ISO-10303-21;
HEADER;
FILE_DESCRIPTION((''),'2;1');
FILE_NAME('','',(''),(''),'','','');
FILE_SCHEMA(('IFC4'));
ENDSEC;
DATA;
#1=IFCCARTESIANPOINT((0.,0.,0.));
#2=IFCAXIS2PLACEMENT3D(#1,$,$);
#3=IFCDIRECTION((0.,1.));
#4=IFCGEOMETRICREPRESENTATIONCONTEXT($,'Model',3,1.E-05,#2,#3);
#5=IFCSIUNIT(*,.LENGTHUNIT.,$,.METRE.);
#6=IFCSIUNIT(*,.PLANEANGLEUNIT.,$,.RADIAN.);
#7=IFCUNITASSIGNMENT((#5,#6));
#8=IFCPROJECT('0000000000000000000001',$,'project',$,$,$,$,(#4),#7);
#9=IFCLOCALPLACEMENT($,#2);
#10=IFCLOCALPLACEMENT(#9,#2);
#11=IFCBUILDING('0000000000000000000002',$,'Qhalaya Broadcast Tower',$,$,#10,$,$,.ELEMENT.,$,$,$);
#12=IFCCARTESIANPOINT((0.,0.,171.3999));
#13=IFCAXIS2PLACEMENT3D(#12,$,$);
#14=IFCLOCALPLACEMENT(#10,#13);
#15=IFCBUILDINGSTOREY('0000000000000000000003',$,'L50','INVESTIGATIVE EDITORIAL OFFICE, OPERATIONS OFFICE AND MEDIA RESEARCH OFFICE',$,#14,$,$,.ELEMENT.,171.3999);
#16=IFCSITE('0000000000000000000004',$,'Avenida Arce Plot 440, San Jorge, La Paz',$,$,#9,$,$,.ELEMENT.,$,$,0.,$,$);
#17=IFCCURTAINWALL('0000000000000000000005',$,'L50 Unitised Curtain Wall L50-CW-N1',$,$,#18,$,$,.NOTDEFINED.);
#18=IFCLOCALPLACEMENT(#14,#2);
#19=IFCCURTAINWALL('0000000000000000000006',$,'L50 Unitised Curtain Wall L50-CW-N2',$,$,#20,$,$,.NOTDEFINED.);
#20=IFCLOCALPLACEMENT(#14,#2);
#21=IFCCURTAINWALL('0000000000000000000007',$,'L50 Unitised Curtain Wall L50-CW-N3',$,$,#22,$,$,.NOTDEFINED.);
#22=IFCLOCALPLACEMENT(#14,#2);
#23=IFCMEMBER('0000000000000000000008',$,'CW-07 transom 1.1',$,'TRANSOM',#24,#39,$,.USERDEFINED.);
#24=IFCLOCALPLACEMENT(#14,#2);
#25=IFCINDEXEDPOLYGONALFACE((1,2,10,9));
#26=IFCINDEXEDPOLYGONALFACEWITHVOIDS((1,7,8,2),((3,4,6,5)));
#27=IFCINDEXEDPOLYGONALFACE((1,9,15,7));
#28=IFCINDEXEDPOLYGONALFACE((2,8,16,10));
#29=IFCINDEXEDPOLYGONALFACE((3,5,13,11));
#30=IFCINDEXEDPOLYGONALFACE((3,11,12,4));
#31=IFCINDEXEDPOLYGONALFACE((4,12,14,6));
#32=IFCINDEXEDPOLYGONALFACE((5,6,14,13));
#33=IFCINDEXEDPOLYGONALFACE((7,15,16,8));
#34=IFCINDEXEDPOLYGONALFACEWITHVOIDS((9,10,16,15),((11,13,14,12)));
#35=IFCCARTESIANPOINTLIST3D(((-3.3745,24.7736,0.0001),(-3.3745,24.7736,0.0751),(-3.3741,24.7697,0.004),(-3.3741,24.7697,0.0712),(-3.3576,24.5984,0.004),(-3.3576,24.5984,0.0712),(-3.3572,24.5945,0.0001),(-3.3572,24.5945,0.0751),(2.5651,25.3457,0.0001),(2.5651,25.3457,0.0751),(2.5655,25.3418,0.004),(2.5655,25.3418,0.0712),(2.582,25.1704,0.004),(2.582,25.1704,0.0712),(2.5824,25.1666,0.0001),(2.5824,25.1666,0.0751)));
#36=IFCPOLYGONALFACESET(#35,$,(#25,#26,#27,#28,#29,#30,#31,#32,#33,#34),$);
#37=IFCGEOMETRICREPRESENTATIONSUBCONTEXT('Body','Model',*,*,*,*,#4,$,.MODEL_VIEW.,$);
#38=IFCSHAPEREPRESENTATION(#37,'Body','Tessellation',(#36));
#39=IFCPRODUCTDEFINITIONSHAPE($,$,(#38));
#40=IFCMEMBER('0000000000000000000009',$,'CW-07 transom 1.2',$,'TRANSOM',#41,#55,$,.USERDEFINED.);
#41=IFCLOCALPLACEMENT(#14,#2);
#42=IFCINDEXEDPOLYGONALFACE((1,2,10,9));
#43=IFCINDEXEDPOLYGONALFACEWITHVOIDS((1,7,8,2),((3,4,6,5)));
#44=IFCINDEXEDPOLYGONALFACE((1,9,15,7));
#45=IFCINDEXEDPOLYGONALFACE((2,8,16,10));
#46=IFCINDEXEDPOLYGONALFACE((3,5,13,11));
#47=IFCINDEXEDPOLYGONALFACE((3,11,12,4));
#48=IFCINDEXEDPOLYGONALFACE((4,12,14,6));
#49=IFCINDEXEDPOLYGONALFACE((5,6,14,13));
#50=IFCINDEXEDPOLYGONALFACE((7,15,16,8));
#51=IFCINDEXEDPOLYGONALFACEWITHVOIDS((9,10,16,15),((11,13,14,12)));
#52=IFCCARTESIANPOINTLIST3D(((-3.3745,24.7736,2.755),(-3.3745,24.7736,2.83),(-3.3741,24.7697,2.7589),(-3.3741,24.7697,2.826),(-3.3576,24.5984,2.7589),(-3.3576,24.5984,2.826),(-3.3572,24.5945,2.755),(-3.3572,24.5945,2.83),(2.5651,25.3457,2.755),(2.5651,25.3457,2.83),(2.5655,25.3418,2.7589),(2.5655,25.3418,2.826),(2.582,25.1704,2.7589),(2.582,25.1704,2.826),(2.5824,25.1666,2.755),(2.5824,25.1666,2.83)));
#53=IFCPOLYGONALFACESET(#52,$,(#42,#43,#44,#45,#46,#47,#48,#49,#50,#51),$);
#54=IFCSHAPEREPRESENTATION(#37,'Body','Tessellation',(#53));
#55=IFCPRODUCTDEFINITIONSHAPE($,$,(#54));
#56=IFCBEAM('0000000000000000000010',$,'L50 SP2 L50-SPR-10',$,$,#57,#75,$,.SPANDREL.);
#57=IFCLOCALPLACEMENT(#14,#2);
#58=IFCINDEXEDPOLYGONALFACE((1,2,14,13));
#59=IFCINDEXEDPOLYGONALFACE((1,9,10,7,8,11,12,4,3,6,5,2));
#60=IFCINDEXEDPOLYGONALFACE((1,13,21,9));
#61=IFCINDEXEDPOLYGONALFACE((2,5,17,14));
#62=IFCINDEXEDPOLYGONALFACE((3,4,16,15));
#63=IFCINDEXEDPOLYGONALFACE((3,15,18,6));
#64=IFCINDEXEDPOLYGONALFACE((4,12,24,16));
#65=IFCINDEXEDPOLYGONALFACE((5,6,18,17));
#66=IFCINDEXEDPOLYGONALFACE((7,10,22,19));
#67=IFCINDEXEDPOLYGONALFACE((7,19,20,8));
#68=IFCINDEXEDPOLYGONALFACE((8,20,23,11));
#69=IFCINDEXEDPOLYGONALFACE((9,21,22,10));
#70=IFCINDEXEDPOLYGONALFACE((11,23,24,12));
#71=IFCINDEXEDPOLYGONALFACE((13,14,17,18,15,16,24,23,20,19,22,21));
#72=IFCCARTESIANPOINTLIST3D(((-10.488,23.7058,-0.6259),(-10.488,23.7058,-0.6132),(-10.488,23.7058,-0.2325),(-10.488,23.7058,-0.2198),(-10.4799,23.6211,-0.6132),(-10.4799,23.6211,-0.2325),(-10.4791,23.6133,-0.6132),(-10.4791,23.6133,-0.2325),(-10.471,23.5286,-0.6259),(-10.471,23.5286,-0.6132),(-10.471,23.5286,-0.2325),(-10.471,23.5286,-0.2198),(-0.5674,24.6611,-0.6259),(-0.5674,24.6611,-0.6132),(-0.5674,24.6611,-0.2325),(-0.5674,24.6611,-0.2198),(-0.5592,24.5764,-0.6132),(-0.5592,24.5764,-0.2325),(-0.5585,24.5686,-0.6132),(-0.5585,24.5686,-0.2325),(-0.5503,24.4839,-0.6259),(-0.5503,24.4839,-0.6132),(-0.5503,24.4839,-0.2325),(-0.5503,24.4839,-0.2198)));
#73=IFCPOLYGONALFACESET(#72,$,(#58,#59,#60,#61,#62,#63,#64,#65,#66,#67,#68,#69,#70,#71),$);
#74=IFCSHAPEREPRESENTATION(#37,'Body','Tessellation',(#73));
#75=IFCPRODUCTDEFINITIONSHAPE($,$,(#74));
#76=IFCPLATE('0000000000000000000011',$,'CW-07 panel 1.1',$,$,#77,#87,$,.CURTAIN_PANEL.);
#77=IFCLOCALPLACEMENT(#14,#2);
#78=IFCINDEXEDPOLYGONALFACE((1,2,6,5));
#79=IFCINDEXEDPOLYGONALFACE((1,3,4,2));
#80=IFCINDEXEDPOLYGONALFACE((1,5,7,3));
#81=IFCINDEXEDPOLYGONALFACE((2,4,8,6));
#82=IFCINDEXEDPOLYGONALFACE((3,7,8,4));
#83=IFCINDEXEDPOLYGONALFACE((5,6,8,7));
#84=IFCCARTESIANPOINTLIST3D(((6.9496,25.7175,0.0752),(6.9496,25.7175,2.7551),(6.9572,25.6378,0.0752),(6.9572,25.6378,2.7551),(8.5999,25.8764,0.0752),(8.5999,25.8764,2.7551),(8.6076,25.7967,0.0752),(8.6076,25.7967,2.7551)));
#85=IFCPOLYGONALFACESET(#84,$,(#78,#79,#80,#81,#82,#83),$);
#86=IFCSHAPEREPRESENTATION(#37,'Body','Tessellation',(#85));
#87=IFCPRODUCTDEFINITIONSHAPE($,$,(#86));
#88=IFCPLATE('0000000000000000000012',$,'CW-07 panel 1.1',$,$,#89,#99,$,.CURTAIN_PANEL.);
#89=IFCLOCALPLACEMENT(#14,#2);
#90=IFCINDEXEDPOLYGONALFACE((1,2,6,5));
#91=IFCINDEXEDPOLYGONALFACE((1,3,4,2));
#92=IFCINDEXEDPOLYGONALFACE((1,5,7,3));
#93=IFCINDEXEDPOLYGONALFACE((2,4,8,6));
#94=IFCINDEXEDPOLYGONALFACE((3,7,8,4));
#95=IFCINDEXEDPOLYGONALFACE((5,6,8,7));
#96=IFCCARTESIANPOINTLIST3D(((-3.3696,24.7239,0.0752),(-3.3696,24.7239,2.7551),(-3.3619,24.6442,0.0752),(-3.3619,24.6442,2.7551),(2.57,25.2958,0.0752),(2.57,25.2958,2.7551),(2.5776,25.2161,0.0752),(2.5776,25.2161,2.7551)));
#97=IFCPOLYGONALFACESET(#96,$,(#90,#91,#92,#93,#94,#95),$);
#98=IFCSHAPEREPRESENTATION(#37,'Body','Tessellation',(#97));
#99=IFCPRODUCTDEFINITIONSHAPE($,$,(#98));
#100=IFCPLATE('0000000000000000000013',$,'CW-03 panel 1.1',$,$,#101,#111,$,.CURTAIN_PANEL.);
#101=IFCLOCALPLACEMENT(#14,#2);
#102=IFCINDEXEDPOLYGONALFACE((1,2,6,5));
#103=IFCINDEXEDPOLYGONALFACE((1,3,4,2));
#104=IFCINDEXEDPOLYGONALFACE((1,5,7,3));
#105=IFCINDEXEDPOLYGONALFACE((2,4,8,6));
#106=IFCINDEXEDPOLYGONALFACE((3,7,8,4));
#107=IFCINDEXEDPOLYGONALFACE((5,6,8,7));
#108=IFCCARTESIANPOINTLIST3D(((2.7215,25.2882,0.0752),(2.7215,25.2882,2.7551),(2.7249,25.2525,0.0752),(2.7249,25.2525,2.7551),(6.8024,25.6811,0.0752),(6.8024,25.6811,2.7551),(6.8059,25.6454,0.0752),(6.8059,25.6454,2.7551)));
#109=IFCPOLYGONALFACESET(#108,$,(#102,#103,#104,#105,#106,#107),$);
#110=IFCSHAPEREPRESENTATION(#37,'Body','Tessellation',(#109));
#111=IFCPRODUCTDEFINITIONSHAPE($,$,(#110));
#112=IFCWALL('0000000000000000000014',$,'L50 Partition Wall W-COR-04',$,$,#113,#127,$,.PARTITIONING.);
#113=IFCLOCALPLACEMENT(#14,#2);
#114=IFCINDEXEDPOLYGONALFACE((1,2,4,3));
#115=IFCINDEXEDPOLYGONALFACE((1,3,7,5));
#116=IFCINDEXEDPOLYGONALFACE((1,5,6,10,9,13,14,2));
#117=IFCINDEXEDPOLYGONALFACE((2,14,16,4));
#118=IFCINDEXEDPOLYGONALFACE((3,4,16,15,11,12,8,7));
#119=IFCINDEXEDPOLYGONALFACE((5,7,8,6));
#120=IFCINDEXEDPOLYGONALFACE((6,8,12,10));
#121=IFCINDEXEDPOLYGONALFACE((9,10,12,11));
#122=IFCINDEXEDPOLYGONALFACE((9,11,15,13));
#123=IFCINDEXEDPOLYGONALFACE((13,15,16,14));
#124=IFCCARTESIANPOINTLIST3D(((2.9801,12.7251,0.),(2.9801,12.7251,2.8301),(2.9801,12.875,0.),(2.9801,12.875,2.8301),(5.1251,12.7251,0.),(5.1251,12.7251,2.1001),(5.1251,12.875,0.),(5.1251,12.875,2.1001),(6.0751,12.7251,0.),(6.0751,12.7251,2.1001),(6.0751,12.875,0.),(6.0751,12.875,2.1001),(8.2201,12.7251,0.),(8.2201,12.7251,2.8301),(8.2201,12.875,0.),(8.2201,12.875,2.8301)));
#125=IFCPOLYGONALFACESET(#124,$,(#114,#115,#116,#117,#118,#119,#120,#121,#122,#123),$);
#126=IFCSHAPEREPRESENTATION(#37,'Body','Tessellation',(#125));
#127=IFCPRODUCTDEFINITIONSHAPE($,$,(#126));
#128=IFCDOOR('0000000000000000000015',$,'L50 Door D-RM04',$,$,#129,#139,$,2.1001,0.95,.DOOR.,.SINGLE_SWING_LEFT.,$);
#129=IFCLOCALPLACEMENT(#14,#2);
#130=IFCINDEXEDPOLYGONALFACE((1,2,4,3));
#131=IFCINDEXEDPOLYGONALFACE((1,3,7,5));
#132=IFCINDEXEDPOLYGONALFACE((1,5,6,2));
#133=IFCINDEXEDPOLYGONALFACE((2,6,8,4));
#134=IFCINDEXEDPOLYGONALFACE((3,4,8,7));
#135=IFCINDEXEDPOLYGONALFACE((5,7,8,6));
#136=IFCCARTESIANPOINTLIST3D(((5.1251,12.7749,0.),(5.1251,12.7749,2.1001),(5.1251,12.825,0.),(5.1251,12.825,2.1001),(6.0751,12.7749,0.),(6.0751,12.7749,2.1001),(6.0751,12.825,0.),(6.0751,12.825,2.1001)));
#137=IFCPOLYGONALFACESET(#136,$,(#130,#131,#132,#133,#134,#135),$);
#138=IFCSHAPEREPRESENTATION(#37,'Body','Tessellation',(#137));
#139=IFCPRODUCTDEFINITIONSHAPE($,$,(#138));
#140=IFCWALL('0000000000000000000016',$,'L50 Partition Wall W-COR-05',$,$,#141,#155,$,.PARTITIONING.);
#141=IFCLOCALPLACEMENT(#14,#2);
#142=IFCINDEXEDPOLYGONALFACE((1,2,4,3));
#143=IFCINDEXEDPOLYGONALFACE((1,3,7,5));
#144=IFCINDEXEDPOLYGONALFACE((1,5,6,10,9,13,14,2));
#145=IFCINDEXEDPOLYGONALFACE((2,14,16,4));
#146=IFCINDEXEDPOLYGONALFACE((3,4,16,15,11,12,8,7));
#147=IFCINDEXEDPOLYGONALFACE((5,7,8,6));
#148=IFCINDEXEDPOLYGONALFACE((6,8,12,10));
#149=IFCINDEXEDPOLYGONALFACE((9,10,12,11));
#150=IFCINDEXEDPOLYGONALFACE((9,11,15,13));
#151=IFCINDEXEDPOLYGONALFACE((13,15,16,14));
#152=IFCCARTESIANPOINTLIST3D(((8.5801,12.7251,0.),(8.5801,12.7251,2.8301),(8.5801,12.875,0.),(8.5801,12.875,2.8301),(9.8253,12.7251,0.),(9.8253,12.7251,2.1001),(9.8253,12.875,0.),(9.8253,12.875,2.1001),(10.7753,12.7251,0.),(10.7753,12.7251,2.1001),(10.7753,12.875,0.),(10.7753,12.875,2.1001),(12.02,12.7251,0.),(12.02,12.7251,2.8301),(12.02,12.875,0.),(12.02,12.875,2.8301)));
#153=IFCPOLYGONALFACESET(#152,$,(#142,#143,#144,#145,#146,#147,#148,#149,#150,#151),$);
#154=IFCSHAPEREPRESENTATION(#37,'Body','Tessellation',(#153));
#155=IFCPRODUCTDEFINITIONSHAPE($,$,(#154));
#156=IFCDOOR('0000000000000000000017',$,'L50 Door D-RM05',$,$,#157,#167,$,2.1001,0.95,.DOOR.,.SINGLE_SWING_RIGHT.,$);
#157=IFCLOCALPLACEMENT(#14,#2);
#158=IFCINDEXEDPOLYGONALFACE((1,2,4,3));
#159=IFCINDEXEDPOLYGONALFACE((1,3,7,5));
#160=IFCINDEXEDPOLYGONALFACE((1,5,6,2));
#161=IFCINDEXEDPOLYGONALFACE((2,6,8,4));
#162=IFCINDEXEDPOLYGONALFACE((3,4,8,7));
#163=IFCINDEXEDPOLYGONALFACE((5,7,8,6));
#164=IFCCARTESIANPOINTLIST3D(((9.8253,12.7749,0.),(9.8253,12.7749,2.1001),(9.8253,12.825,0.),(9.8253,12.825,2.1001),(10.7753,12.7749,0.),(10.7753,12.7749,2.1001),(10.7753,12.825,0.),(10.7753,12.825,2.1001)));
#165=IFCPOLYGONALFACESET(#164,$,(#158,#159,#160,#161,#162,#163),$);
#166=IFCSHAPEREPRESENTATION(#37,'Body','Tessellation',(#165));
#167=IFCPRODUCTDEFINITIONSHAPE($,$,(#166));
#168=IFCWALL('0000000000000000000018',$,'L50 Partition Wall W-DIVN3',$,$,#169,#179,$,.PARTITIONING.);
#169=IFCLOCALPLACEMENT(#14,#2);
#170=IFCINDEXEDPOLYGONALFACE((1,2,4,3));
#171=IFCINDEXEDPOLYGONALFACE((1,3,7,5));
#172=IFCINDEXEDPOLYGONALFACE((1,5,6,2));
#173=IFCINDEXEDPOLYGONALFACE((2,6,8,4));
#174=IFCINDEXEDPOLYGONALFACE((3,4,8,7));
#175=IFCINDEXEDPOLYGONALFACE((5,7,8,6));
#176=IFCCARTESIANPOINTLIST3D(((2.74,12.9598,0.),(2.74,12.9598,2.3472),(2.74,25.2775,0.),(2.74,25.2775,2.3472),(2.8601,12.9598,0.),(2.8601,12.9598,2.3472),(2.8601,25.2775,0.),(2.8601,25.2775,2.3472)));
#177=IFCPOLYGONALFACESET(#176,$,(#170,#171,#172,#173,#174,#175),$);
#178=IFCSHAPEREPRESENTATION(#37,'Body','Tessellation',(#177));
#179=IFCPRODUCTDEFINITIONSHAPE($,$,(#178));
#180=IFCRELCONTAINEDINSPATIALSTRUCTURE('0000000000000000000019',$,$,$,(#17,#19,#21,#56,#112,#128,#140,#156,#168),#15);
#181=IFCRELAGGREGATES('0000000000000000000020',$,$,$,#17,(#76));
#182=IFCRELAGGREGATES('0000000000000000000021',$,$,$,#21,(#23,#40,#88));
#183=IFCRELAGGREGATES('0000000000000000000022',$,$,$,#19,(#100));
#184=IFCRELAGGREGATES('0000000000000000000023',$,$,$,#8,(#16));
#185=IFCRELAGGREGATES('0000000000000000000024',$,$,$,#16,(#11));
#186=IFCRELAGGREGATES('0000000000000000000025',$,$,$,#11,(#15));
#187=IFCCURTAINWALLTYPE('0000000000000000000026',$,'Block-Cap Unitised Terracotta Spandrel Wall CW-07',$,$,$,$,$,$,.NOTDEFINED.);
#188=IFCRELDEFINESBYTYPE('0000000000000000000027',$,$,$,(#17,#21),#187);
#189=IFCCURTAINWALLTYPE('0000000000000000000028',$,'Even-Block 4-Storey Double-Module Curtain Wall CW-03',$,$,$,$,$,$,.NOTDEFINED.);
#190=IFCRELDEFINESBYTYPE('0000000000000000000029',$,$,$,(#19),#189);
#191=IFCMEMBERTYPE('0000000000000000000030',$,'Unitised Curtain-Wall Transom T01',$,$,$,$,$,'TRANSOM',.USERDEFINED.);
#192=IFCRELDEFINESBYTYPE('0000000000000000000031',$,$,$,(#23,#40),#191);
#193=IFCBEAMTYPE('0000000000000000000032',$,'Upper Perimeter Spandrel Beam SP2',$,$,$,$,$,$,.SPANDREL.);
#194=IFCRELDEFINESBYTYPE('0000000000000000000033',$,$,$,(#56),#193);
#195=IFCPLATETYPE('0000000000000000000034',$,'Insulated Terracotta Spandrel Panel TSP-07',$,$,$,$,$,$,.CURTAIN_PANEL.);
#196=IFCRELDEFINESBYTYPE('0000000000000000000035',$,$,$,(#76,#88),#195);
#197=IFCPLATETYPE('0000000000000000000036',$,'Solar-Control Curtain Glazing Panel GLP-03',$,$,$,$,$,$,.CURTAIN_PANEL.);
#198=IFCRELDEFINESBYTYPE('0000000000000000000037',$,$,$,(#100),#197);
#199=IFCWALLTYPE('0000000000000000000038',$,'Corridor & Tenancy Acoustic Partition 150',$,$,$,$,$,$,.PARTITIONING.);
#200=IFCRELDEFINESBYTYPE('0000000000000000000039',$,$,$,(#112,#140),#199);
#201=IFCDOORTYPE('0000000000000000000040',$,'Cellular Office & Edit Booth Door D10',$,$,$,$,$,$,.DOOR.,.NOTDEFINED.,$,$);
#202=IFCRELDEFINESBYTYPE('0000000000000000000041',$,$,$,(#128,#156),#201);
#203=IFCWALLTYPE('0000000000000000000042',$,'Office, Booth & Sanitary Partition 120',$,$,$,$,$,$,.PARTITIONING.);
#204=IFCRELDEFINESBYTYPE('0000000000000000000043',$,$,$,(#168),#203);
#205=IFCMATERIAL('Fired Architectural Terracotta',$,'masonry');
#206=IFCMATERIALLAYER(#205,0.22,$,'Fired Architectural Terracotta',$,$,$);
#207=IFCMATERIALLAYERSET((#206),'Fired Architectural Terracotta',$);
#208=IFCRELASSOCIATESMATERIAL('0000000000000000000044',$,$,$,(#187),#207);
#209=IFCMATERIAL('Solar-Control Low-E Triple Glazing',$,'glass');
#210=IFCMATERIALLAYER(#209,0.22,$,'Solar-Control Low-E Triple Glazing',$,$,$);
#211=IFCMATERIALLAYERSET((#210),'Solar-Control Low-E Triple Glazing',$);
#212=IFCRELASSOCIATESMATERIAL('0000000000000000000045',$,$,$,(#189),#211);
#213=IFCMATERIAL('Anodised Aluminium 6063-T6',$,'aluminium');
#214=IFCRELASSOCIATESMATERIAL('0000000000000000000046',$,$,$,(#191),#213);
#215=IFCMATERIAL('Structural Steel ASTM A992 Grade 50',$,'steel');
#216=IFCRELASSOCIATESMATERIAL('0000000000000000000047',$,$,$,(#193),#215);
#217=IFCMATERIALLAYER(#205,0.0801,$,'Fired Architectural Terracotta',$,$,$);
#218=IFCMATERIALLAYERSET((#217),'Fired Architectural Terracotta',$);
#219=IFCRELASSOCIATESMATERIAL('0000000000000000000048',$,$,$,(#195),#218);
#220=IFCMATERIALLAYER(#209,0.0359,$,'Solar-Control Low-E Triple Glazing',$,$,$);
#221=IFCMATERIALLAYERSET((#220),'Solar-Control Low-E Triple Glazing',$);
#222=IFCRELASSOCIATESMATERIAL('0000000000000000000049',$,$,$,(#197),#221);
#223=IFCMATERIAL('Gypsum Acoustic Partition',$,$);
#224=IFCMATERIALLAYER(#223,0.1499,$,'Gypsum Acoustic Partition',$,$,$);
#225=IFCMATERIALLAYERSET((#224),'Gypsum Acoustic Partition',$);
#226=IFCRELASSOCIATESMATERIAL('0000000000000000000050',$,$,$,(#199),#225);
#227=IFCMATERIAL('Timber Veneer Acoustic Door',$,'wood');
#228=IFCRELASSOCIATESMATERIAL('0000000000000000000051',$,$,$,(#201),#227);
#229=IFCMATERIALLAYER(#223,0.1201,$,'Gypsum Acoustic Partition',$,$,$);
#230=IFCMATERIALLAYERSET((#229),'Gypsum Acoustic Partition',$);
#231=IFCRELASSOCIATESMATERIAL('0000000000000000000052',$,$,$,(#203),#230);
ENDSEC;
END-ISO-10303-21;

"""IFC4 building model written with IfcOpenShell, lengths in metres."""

from ifc_helpers import new_model, si_unit, direction, frame, frame_2d, origin, origin_2d, place, context, subcontext, project, spatial, rectangle, hollow_rectangle, i_section, extrude, material, layer, layer_set, material_profile, profile_set, type_object, element, fill, aggregate, save


model = new_model("IFC4")

# Units and contexts
model_context = context("Model", 3, precision=1e-05, world=origin(), true_north=direction((0.0, 1.0)))
body_context = subcontext(model_context, "Body", "Model", "MODEL_VIEW")
ifc_project = project(units=[si_unit("LENGTHUNIT", "METRE"), si_unit("PLANEANGLEUNIT", "RADIAN")], contexts=[model_context])

# Site, building, storey
site_placement = place(None, origin())
site = spatial("IfcSite", under=ifc_project, at=site_placement, Name="Avenida Arce Plot 440, San Jorge, La Paz", CompositionType="ELEMENT", RefElevation=0.0)
building_placement = place(site_placement, origin())
building = spatial("IfcBuilding", under=site, at=building_placement, Name="Qhalaya Broadcast Tower", CompositionType="ELEMENT")
storey_placement = place(building_placement, frame((0.0, 0.0, 171.3999)))
storey = spatial("IfcBuildingStorey", under=building, at=storey_placement, Name="L50", Description="INVESTIGATIVE EDITORIAL OFFICE, OPERATIONS OFFICE AND MEDIA RESEARCH OFFICE", CompositionType="ELEMENT", Elevation=171.3999)

# Curtain walls
ifc_material_1 = material(Name="Fired Architectural Terracotta", Category="masonry")
ifc_layer_1 = layer(ifc_material_1, 0.22, Name="Fired Architectural Terracotta")
ifc_layer_set_1 = layer_set([ifc_layer_1], Name="Fired Architectural Terracotta")
curtain_wall_type_1 = type_object("IfcCurtainWallType", Name="Block-Cap Unitised Terracotta Spandrel Wall CW-07", PredefinedType="NOTDEFINED", material=ifc_layer_set_1)
curtain_wall_1_placement = place(storey_placement, origin())
curtain_wall_1 = element("IfcCurtainWall", 1, at=curtain_wall_1_placement, inside=storey, type_object=curtain_wall_type_1, Name="L50 Unitised Curtain Wall L50-CW-N1", PredefinedType="NOTDEFINED")
ifc_material_2 = material(Name="Anodised Aluminium 6063-T6", Category="aluminium")
ifc_material_3 = material(Name="Solar-Control Low-E Triple Glazing", Category="glass")
ifc_layer_2 = layer(ifc_material_3, 0.22, Name="Solar-Control Low-E Triple Glazing")
ifc_layer_set_2 = layer_set([ifc_layer_2], Name="Solar-Control Low-E Triple Glazing")
curtain_wall_type_2 = type_object("IfcCurtainWallType", Name="Even-Block 4-Storey Double-Module Curtain Wall CW-03", PredefinedType="NOTDEFINED", material=ifc_layer_set_2)
curtain_wall_2_placement = place(storey_placement, origin())
curtain_wall_2 = element("IfcCurtainWall", 2, at=curtain_wall_2_placement, inside=storey, type_object=curtain_wall_type_2, Name="L50 Unitised Curtain Wall L50-CW-N2", PredefinedType="NOTDEFINED")

# Curtain wall
curtain_wall_3_placement = place(storey_placement, origin())
curtain_wall_3 = element("IfcCurtainWall", 3, at=curtain_wall_3_placement, inside=storey, type_object=curtain_wall_type_1, Name="L50 Unitised Curtain Wall L50-CW-N3", PredefinedType="NOTDEFINED")

# Members
ifc_material_profile_1 = material_profile(ifc_material_2, hollow_rectangle(XDim=0.075, YDim=0.1799, WallThickness=0.0039, at=origin_2d()), Name="ALU-TRN 75x180x4")
ifc_profile_set_1 = profile_set([ifc_material_profile_1], Name="Anodised Aluminium 6063-T6")
member_type_1 = type_object("IfcMemberType", Name="Unitised Curtain-Wall Transom T01", ElementType="TRANSOM", PredefinedType="USERDEFINED", material=ifc_profile_set_1)
member_1_placement = place(storey_placement, frame((2.5737, 25.2561, 0.0376), z_axis=(-0.995394, -0.095865, 0.0), x_axis=(0.0, 0.0, 1.0)))
member_1 = element("IfcMember", 4, at=member_1_placement, type_object=member_type_1, Name="CW-07 transom 1.1", ObjectType="TRANSOM", PredefinedType="USERDEFINED", context=body_context, shape_type="SweptSolid", body=[
    extrude(hollow_rectangle(XDim=0.075, YDim=0.1799, WallThickness=0.0039, at=origin_2d()), origin(), (0.0, 0.0, 1.0), 5.967),
])
member_2_placement = place(storey_placement, frame((2.5737, 25.2561, 2.7925), z_axis=(-0.995394, -0.095865, 0.0), x_axis=(0.0, 0.0, 1.0)))
member_2 = element("IfcMember", 5, at=member_2_placement, type_object=member_type_1, Name="CW-07 transom 1.2", ObjectType="TRANSOM", PredefinedType="USERDEFINED", context=body_context, shape_type="SweptSolid", body=[
    extrude(hollow_rectangle(XDim=0.075, YDim=0.1799, WallThickness=0.0039, at=origin_2d()), origin(), (0.0, 0.0, 1.0), 5.967),
])

# Beam
ifc_material_4 = material(Name="Structural Steel ASTM A992 Grade 50", Category="steel")
ifc_material_profile_2 = material_profile(ifc_material_4, i_section(OverallWidth=0.178, OverallDepth=0.406, WebThickness=0.0078, FlangeThickness=0.0127, at=origin_2d()), Name="W16X40")
ifc_profile_set_2 = profile_set([ifc_material_profile_2], Name="Structural Steel ASTM A992 Grade 50")
beam_type = type_object("IfcBeamType", Name="Upper Perimeter Spandrel Beam SP2", PredefinedType="SPANDREL", material=ifc_profile_set_2)
beam_placement = place(storey_placement, frame((-0.5588, 24.5725, -0.4229), z_axis=(-0.995396, -0.095853, 0.0), x_axis=(0.095853, -0.995396, 0.0)))
element("IfcBeam", 6, at=beam_placement, inside=storey, type_object=beam_type, Name="L50 SP2 L50-SPR-10", PredefinedType="SPANDREL", context=body_context, shape_type="SweptSolid", body=[
    extrude(i_section(OverallWidth=0.178, OverallDepth=0.406, WebThickness=0.0078, FlangeThickness=0.0127, at=origin_2d()), origin(), (0.0, 0.0, 1.0), 9.9666),
])

# Plates
ifc_layer_3 = layer(ifc_material_1, 0.0801, Name="Fired Architectural Terracotta")
ifc_layer_set_3 = layer_set([ifc_layer_3], Name="Fired Architectural Terracotta")
plate_type_1 = type_object("IfcPlateType", Name="Insulated Terracotta Spandrel Panel TSP-07", PredefinedType="CURTAIN_PANEL", material=ifc_layer_set_3)
plate_1_placement = place(storey_placement, frame((7.7786, 25.7571, 0.0752), z_axis=(0.0, 0.0, 1.0), x_axis=(-0.995396, -0.09585, 0.0)))
plate_1 = element("IfcPlate", 7, at=plate_1_placement, type_object=plate_type_1, Name="CW-07 panel 1.1", PredefinedType="CURTAIN_PANEL", context=body_context, shape_type="SweptSolid", body=[
    extrude(rectangle(XDim=1.658, YDim=0.0801, at=origin_2d()), origin(), (0.0, 0.0, 1.0), 2.6799),
])
aggregate(curtain_wall_1, [plate_1])
plate_2_placement = place(storey_placement, frame((-0.396, 24.97, 0.0752), z_axis=(0.0, 0.0, 1.0), x_axis=(-0.995396, -0.095848, 0.0)))
plate_2 = element("IfcPlate", 8, at=plate_2_placement, type_object=plate_type_1, Name="CW-07 panel 1.1", PredefinedType="CURTAIN_PANEL", context=body_context, shape_type="SweptSolid", body=[
    extrude(rectangle(XDim=5.967, YDim=0.0801, at=origin_2d()), origin(), (0.0, 0.0, 1.0), 2.6799),
])
aggregate(curtain_wall_3, [member_1, member_2, plate_2])
ifc_layer_4 = layer(ifc_material_3, 0.0359, Name="Solar-Control Low-E Triple Glazing")
ifc_layer_set_4 = layer_set([ifc_layer_4], Name="Solar-Control Low-E Triple Glazing")
plate_type_2 = type_object("IfcPlateType", Name="Solar-Control Curtain Glazing Panel GLP-03", PredefinedType="CURTAIN_PANEL", material=ifc_layer_set_4)
plate_3_placement = place(storey_placement, frame((4.7637, 25.4668, 0.0752), z_axis=(0.0, 0.0, 1.0), x_axis=(-0.995397, -0.095836, 0.0)))
plate_3 = element("IfcPlate", 9, at=plate_3_placement, type_object=plate_type_2, Name="CW-03 panel 1.1", PredefinedType="CURTAIN_PANEL", context=body_context, shape_type="SweptSolid", body=[
    extrude(rectangle(XDim=4.0999, YDim=0.0359, at=origin_2d()), origin(), (0.0, 0.0, 1.0), 2.6799),
])
aggregate(curtain_wall_2, [plate_3])

# Walls, openings, doors
ifc_material_5 = material(Name="Gypsum Acoustic Partition")
ifc_layer_5 = layer(ifc_material_5, 0.1499, Name="Gypsum Acoustic Partition")
ifc_layer_set_5 = layer_set([ifc_layer_5], Name="Gypsum Acoustic Partition")
wall_type_1 = type_object("IfcWallType", Name="Corridor & Tenancy Acoustic Partition 150", PredefinedType="PARTITIONING", material=ifc_layer_set_5)
wall_1_placement = place(storey_placement, frame((2.98, 12.8, 0.0), z_axis=(0.0, 0.0, 1.0), x_axis=(1.0, 0.0, 0.0)))
wall_1 = element("IfcWall", 10, at=wall_1_placement, inside=storey, type_object=wall_type_1, Name="L50 Partition Wall W-COR-04", PredefinedType="PARTITIONING", context=body_context, shape_type="SweptSolid", body=[
    extrude(rectangle(XDim=5.24, YDim=0.1499, at=frame_2d((2.6201, 0.0))), origin(), (0.0, 0.0, 1.0), 2.8301),
])
opening_1_placement = place(wall_1_placement, frame((2.145, 0.0, 0.0)))
opening_1 = element("IfcOpeningElement", 11, at=opening_1_placement, cuts=wall_1, PredefinedType="OPENING", context=body_context, shape_type="SweptSolid", body=[
    extrude(rectangle(XDim=0.95, YDim=2.1001, at=frame_2d((0.4751, 1.05))), frame((0.0, 0.0869, 0.0), z_axis=(0.0, -1.0, 0.0), x_axis=(1.0, 0.0, 0.0)), (0.0, 0.0, 1.0), 0.1738),
])
ifc_material_6 = material(Name="Timber Veneer Acoustic Door", Category="wood")
door_type = type_object("IfcDoorType", Name="Cellular Office & Edit Booth Door D10", OperationType="NOTDEFINED", PredefinedType="DOOR", material=ifc_material_6)
door_1_placement = place(opening_1_placement, origin())
door_1 = element("IfcDoor", 12, at=door_1_placement, inside=storey, type_object=door_type, Name="L50 Door D-RM04", OperationType="SINGLE_SWING_LEFT", OverallHeight=2.1001, OverallWidth=0.95, PredefinedType="DOOR", context=body_context, shape_type="SweptSolid", body=[
    extrude(rectangle(XDim=0.95, YDim=2.1001, at=frame_2d((0.4751, 1.05))), frame((0.0, 0.0249, 0.0), z_axis=(0.0, -1.0, 0.0), x_axis=(1.0, 0.0, 0.0)), (0.0, 0.0, 1.0), 0.05),
])
fill(opening_1, door_1)
wall_2_placement = place(storey_placement, frame((8.5801, 12.8, 0.0), z_axis=(0.0, 0.0, 1.0), x_axis=(1.0, 0.0, 0.0)))
wall_2 = element("IfcWall", 13, at=wall_2_placement, inside=storey, type_object=wall_type_1, Name="L50 Partition Wall W-COR-05", PredefinedType="PARTITIONING", context=body_context, shape_type="SweptSolid", body=[
    extrude(rectangle(XDim=3.4399, YDim=0.1499, at=frame_2d((1.72, 0.0))), origin(), (0.0, 0.0, 1.0), 2.8301),
])
opening_2_placement = place(wall_2_placement, frame((1.2451, 0.0, 0.0)))
opening_2 = element("IfcOpeningElement", 14, at=opening_2_placement, cuts=wall_2, PredefinedType="OPENING", context=body_context, shape_type="SweptSolid", body=[
    extrude(rectangle(XDim=0.95, YDim=2.1001, at=frame_2d((0.4751, 1.05))), frame((0.0, 0.0869, 0.0), z_axis=(0.0, -1.0, 0.0), x_axis=(1.0, 0.0, 0.0)), (0.0, 0.0, 1.0), 0.1738),
])
door_2_placement = place(opening_2_placement, origin())
door_2 = element("IfcDoor", 15, at=door_2_placement, inside=storey, type_object=door_type, Name="L50 Door D-RM05", OperationType="SINGLE_SWING_RIGHT", OverallHeight=2.1001, OverallWidth=0.95, PredefinedType="DOOR", context=body_context, shape_type="SweptSolid", body=[
    extrude(rectangle(XDim=0.95, YDim=2.1001, at=frame_2d((0.4751, 1.05))), frame((0.0, 0.0249, 0.0), z_axis=(0.0, -1.0, 0.0), x_axis=(1.0, 0.0, 0.0)), (0.0, 0.0, 1.0), 0.05),
])
fill(opening_2, door_2)

# Wall
ifc_layer_6 = layer(ifc_material_5, 0.1201, Name="Gypsum Acoustic Partition")
ifc_layer_set_6 = layer_set([ifc_layer_6], Name="Gypsum Acoustic Partition")
wall_type_2 = type_object("IfcWallType", Name="Office, Booth & Sanitary Partition 120", PredefinedType="PARTITIONING", material=ifc_layer_set_6)
wall_3_placement = place(storey_placement, frame((2.8, 12.96, 0.0), z_axis=(0.0, 0.0, 1.0), x_axis=(0.0, 1.0, 0.0)))
element("IfcWall", 16, at=wall_3_placement, inside=storey, type_object=wall_type_2, Name="L50 Partition Wall W-DIVN3", PredefinedType="PARTITIONING", context=body_context, shape_type="SweptSolid", body=[
    extrude(rectangle(XDim=12.3176, YDim=0.1201, at=frame_2d((6.1587, 0.0))), origin(), (0.0, 0.0, 1.0), 2.3472),
])

save(model, "model.ifc")
